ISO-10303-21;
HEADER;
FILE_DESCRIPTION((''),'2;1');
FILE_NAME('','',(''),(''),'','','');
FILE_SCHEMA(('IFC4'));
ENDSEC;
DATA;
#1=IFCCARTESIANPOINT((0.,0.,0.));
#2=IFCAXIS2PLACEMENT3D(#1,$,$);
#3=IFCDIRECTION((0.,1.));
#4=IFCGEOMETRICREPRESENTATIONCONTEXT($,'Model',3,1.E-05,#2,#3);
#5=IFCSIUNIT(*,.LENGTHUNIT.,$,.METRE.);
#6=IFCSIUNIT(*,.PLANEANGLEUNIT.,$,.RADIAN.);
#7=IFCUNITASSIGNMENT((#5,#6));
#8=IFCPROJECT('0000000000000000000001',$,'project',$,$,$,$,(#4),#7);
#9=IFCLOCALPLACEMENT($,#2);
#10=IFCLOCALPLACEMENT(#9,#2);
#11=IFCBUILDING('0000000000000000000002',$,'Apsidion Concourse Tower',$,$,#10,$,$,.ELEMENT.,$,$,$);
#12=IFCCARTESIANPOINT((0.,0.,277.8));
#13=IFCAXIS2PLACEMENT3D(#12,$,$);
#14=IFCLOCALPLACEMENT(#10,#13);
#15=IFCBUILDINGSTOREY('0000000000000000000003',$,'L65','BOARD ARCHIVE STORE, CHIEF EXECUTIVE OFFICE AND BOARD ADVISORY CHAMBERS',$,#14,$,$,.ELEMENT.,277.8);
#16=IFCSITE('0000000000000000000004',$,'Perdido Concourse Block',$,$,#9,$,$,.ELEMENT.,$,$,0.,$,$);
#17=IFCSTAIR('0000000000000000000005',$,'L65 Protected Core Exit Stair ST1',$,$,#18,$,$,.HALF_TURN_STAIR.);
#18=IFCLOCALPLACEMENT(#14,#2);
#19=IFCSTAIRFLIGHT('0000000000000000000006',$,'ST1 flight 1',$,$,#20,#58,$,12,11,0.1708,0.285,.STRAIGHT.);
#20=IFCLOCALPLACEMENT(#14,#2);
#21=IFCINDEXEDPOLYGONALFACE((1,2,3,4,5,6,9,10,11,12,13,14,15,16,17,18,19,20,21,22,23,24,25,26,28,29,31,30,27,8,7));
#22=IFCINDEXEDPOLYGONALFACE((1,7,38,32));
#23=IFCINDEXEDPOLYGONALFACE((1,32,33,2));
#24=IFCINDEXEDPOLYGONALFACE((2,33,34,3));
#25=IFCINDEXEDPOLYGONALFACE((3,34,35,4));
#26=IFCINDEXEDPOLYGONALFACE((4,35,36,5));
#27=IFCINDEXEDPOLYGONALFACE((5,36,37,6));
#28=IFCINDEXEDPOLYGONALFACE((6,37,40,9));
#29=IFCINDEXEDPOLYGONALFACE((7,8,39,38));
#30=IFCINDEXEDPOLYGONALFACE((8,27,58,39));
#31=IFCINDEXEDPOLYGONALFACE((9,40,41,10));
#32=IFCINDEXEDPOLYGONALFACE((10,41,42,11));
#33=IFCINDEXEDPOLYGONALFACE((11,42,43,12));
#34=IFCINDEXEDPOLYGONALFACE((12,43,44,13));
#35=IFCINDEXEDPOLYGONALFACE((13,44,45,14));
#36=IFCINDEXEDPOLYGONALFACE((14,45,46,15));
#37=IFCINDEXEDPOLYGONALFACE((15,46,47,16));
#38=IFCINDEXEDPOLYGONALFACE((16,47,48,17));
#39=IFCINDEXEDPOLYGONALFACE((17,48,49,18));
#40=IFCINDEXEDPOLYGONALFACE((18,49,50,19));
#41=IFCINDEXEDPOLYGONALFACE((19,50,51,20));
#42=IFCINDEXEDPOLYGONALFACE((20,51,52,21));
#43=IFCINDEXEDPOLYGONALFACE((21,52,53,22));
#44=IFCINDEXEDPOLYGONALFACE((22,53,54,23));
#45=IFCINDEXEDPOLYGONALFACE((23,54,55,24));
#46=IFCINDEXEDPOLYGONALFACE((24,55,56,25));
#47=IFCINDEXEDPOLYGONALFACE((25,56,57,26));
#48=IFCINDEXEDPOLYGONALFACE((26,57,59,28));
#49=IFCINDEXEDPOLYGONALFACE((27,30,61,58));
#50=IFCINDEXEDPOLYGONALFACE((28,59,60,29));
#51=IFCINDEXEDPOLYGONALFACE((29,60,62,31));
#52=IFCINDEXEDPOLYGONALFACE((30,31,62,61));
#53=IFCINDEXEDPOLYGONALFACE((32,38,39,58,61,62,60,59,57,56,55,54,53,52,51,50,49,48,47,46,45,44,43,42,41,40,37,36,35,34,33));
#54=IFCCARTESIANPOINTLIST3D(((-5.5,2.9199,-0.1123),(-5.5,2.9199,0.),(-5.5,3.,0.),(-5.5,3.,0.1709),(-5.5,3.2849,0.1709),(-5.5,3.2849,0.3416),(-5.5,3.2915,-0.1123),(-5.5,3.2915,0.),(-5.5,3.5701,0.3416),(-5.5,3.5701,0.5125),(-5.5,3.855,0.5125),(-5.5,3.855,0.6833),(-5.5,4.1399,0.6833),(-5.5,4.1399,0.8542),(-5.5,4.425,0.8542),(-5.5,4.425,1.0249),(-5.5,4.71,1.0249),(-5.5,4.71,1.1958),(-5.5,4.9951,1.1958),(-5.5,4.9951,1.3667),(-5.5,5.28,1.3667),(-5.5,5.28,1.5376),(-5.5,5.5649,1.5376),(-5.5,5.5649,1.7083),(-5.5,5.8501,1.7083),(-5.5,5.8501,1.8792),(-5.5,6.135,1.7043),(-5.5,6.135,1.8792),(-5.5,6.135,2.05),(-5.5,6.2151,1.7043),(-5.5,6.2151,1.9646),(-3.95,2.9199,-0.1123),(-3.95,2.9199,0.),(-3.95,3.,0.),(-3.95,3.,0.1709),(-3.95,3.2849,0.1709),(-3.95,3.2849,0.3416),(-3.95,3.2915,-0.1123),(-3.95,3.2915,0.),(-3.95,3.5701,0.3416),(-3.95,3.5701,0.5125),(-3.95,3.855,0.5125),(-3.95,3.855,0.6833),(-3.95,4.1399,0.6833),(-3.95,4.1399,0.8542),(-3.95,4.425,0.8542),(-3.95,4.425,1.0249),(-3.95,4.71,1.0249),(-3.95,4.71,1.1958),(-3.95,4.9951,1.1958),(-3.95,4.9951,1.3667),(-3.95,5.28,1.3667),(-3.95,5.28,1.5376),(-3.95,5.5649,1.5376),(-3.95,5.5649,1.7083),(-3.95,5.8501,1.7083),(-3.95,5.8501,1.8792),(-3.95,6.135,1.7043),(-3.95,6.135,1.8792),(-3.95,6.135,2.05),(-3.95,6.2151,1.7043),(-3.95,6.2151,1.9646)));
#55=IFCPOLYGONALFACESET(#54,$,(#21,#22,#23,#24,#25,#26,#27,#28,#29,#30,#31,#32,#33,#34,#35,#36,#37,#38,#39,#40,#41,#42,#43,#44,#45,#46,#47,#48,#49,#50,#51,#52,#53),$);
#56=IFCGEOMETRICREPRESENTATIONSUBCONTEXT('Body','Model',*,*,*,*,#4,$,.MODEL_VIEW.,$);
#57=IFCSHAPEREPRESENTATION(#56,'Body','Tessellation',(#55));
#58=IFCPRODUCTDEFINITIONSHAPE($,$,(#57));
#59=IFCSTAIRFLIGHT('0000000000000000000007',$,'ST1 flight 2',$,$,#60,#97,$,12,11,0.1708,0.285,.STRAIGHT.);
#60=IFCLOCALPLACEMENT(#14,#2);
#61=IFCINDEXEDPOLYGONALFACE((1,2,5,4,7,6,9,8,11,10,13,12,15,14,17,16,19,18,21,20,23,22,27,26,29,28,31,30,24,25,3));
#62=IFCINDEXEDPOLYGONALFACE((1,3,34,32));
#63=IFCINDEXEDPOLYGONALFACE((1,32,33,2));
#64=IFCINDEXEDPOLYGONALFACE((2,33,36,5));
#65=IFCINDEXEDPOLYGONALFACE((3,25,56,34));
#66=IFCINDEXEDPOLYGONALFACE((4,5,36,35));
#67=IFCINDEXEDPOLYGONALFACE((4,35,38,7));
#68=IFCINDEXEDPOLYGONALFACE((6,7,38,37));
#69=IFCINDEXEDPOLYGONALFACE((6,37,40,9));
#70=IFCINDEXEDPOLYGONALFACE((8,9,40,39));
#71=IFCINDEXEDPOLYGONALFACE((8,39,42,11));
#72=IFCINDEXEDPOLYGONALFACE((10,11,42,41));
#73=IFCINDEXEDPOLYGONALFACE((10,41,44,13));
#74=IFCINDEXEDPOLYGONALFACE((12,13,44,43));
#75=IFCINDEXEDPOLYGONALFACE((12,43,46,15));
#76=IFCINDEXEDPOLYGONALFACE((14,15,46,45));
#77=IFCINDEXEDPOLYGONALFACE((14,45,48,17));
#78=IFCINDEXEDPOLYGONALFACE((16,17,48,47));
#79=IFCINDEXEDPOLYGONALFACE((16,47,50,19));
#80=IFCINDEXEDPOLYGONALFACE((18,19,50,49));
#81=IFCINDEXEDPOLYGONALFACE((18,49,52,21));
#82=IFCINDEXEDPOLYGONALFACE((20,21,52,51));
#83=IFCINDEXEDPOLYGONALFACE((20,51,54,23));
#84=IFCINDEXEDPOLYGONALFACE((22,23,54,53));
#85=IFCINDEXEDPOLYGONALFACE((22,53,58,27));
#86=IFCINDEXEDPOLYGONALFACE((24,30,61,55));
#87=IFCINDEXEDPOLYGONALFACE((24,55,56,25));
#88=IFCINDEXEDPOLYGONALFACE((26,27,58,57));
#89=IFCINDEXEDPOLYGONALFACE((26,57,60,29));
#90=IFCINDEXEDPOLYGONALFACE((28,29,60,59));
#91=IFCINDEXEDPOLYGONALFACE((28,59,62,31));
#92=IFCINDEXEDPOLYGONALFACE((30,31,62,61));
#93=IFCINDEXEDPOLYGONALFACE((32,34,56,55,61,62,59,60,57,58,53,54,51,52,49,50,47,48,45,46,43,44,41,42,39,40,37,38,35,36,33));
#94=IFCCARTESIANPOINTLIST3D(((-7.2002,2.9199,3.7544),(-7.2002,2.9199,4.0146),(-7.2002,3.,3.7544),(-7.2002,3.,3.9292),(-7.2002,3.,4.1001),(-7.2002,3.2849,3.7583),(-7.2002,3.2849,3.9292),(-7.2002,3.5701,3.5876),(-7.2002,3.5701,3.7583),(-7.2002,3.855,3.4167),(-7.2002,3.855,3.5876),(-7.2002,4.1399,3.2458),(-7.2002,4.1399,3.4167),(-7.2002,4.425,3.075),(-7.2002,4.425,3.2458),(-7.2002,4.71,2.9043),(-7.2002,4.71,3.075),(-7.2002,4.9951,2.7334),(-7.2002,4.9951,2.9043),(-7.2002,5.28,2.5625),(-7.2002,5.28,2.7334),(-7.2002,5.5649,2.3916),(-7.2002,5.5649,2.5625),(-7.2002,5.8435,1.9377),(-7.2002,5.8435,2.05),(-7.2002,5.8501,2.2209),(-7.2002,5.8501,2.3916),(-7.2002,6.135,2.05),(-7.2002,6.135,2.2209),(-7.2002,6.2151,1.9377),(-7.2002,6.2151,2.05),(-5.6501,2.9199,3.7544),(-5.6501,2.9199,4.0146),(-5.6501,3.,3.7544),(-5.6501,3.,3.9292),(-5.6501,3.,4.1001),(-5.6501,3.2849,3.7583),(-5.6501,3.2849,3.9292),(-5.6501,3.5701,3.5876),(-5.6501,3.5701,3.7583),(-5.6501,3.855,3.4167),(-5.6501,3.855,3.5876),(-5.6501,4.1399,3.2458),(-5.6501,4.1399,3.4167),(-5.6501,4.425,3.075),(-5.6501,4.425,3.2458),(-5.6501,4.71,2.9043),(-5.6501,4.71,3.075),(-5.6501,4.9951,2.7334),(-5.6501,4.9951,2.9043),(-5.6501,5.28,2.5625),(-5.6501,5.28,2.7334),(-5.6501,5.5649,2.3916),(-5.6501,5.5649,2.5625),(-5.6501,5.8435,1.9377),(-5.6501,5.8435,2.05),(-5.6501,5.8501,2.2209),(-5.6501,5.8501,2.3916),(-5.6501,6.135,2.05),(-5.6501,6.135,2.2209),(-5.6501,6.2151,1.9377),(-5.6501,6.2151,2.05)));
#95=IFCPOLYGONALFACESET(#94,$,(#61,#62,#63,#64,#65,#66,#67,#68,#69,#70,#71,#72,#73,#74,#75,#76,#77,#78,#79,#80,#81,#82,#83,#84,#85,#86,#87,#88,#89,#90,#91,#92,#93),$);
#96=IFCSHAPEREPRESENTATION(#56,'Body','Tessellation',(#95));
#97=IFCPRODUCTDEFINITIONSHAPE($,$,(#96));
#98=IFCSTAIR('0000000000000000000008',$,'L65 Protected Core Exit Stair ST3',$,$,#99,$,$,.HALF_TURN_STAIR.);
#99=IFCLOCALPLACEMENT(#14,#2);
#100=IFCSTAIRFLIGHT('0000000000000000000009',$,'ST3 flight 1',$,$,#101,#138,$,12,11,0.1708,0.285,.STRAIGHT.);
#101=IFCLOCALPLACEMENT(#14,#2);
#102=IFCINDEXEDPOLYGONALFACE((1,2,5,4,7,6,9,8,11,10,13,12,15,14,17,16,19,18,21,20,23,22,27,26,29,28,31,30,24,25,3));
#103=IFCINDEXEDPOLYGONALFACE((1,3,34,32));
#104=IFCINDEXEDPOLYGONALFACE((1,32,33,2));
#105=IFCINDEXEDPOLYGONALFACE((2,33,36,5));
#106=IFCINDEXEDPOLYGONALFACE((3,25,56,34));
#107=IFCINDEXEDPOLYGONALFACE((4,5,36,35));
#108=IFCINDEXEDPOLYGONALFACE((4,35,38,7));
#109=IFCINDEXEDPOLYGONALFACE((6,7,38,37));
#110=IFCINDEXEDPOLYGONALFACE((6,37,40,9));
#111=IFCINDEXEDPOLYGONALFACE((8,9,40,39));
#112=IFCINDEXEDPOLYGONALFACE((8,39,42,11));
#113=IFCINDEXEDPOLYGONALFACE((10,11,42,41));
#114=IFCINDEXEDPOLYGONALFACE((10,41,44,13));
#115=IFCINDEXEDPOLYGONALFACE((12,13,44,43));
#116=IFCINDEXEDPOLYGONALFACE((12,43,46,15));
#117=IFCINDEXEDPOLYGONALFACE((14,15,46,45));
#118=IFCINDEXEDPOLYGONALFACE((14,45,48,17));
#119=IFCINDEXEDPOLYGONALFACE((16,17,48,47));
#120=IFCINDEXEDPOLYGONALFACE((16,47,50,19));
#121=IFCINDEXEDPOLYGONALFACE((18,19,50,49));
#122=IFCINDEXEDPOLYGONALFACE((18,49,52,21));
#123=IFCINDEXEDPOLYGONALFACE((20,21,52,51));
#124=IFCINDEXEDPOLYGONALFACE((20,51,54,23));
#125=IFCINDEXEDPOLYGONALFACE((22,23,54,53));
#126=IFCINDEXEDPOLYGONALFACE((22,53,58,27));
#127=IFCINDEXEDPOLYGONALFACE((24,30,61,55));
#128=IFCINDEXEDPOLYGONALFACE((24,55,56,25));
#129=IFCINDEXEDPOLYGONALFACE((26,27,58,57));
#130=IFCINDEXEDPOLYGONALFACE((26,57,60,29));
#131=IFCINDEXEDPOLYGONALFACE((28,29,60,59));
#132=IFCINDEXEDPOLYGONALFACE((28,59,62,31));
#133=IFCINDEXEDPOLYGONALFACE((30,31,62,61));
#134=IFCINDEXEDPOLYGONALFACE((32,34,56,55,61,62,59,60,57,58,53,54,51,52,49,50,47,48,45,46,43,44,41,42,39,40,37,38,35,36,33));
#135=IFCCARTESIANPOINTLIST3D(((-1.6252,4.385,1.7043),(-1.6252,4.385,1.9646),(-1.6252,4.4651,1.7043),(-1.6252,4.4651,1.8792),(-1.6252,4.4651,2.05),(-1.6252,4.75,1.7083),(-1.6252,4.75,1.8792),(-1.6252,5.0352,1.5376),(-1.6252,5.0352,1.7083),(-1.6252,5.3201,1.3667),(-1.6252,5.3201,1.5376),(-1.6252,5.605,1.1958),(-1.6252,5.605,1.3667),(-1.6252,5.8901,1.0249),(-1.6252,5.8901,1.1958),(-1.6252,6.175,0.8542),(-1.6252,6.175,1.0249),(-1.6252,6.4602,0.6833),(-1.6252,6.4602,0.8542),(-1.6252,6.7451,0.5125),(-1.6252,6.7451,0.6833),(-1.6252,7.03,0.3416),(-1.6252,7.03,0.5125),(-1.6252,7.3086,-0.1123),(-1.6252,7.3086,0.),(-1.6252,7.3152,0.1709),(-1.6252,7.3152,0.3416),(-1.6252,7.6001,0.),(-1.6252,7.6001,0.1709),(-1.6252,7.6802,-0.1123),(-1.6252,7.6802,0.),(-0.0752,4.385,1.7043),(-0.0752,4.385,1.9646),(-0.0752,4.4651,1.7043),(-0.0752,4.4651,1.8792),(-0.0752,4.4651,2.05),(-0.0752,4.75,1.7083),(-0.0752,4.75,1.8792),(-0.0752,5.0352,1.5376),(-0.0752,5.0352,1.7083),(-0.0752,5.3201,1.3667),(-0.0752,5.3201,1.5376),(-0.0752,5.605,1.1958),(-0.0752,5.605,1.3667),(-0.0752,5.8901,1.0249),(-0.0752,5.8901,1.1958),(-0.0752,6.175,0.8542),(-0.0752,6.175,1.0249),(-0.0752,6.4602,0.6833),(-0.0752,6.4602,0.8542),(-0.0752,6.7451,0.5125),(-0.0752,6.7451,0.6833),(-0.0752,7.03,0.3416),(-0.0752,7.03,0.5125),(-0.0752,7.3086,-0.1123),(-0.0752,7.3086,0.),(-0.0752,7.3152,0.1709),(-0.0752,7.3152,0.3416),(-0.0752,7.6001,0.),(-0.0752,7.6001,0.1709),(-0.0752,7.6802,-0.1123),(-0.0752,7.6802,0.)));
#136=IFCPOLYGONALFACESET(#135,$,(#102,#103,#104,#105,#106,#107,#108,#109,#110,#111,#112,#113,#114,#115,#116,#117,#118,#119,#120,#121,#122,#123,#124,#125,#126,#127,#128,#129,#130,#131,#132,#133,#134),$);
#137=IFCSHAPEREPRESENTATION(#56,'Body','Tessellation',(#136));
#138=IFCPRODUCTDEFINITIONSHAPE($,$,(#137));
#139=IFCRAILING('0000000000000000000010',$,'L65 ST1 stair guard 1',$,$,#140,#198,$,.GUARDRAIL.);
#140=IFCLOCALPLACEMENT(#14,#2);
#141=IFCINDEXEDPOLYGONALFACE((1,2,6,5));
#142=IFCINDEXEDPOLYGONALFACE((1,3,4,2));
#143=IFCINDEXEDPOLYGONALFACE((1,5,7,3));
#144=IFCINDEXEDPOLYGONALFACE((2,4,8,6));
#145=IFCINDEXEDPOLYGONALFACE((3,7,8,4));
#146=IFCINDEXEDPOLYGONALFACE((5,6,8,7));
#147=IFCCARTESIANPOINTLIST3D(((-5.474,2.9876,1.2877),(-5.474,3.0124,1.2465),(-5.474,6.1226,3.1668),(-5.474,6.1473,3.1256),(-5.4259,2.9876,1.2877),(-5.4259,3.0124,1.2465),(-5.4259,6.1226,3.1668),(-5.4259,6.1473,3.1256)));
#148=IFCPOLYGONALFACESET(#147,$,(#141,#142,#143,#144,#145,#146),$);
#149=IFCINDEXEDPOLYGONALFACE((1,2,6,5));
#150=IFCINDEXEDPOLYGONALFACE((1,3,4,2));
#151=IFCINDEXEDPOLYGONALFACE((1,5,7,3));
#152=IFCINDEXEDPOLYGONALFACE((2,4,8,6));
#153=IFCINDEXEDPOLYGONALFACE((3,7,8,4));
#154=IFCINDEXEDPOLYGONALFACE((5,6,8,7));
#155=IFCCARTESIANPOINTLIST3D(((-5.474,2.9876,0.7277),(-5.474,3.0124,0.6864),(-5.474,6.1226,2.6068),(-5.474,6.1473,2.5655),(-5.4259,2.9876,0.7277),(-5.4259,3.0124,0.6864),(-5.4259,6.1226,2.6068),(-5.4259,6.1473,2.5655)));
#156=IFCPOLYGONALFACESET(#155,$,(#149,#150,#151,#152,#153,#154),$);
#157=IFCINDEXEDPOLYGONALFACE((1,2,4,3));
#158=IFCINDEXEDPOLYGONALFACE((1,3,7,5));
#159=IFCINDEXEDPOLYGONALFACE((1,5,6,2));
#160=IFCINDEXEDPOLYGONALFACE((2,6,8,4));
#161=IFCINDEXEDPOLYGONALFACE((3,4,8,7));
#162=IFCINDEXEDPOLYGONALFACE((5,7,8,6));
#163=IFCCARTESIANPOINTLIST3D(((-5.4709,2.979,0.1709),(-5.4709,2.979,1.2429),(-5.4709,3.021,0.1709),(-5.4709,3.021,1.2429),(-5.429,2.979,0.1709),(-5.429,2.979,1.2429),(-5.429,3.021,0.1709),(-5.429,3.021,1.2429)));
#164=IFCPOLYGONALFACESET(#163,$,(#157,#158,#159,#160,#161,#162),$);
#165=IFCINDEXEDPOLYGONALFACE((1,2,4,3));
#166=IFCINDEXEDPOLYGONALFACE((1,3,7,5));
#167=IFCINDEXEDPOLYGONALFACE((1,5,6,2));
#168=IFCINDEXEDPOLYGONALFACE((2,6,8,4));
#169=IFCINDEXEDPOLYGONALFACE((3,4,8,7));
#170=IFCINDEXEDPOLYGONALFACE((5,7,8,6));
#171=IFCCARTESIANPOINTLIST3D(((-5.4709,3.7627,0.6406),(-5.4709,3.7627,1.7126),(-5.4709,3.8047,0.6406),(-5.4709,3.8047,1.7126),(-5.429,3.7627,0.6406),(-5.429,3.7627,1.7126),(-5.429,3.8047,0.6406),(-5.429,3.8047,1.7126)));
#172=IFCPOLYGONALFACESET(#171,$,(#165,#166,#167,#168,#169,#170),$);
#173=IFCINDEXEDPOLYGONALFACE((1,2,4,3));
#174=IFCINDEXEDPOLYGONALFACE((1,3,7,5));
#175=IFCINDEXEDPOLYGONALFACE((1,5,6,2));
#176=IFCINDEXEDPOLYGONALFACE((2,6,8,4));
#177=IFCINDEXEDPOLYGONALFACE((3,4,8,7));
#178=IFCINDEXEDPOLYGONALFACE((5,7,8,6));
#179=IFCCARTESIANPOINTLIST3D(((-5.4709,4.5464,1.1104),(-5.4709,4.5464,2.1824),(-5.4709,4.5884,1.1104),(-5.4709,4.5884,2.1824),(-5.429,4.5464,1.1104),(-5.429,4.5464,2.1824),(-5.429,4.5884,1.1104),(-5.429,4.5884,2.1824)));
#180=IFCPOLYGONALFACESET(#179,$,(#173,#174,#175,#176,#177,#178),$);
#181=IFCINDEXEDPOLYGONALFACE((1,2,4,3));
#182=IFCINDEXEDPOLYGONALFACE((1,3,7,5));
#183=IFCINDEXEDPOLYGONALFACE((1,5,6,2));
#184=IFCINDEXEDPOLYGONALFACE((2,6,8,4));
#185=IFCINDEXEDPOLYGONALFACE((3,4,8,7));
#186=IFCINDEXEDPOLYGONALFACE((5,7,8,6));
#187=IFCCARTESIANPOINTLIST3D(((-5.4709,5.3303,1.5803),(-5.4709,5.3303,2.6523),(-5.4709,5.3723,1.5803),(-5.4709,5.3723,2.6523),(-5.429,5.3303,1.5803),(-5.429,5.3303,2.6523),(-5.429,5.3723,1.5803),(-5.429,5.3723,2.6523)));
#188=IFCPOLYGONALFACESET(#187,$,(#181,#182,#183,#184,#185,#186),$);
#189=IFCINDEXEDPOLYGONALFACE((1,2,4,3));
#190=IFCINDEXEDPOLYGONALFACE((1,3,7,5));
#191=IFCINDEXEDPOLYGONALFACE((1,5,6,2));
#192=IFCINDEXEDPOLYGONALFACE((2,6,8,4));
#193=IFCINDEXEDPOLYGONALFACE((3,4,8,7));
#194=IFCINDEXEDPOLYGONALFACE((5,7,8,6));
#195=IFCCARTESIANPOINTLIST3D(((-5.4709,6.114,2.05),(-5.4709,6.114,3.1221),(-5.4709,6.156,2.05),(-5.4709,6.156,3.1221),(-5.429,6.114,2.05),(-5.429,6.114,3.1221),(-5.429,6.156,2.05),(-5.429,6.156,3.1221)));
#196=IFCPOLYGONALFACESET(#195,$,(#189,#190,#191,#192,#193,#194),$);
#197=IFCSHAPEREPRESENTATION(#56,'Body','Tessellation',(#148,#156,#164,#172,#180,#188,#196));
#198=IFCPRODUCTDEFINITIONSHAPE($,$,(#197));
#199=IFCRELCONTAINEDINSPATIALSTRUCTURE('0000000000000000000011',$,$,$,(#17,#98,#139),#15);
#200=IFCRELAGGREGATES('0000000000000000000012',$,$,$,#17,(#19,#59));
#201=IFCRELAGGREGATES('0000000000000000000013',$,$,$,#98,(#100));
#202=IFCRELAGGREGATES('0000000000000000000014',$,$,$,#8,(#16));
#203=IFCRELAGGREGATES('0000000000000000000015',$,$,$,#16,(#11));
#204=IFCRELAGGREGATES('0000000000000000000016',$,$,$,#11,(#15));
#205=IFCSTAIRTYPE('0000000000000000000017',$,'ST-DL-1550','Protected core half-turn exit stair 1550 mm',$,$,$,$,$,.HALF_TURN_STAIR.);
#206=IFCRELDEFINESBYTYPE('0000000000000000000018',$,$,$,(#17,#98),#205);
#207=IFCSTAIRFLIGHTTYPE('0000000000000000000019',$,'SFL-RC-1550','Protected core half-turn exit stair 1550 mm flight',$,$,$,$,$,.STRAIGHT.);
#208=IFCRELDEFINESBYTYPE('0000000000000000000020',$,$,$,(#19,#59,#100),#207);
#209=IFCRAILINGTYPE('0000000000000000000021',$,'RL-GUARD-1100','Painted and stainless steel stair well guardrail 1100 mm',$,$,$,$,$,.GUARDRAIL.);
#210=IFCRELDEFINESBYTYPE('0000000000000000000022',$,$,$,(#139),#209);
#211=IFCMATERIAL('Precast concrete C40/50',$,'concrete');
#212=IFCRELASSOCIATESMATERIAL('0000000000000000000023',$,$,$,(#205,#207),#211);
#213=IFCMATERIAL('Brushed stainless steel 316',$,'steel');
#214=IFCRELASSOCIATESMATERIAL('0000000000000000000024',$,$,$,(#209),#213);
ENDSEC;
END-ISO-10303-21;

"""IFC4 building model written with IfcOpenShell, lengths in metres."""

from ifc_helpers import new_model, si_unit, direction, frame, origin, origin_2d, place, context, subcontext, project, spatial, polyline, rectangle, outline, extrude, material, type_object, element, aggregate, save


model = new_model("IFC4")

# Units and contexts
model_context = context("Model", 3, precision=1e-05, world=origin(), true_north=direction((0.0, 1.0)))
body_context = subcontext(model_context, "Body", "Model", "MODEL_VIEW")
ifc_project = project(units=[si_unit("LENGTHUNIT", "METRE"), si_unit("PLANEANGLEUNIT", "RADIAN")], contexts=[model_context])

# Site, building, storey
site_placement = place(None, origin())
site = spatial("IfcSite", under=ifc_project, at=site_placement, Name="Perdido Concourse Block", CompositionType="ELEMENT", RefElevation=0.0)
building_placement = place(site_placement, origin())
building = spatial("IfcBuilding", under=site, at=building_placement, Name="Apsidion Concourse Tower", CompositionType="ELEMENT")
storey_placement = place(building_placement, frame((0.0, 0.0, 277.8)))
storey = spatial("IfcBuildingStorey", under=building, at=storey_placement, Name="L65", Description="BOARD ARCHIVE STORE, CHIEF EXECUTIVE OFFICE AND BOARD ADVISORY CHAMBERS", CompositionType="ELEMENT", Elevation=277.8)

# Shared definitions
ifc_material_1 = material(Name="Brushed stainless steel 316", Category="steel")

# Stair, stair flights
ifc_material_2 = material(Name="Precast concrete C40/50", Category="concrete")
stair_type = type_object("IfcStairType", Name="ST-DL-1550", Description="Protected core half-turn exit stair 1550 mm", PredefinedType="HALF_TURN_STAIR", material=ifc_material_2)
stair_1_placement = place(storey_placement, origin())
stair_1 = element("IfcStair", 1, at=stair_1_placement, inside=storey, type_object=stair_type, Name="L65 Protected Core Exit Stair ST1", PredefinedType="HALF_TURN_STAIR")
stair_flight_type = type_object("IfcStairFlightType", Name="SFL-RC-1550", Description="Protected core half-turn exit stair 1550 mm flight", PredefinedType="STRAIGHT", material=ifc_material_2)
stair_flight_1_placement = place(storey_placement, frame((-4.7251, 3.0, 0.0), z_axis=(0.0, 0.0, 1.0), x_axis=(0.0, 1.0, 0.0)))
stair_flight_1 = element("IfcStairFlight", 2, at=stair_flight_1_placement, type_object=stair_flight_type, Name="ST1 flight 1", NumberOfRisers=12, NumberOfTreads=11, PredefinedType="STRAIGHT", RiserHeight=0.1708, TreadLength=0.285, context=body_context, shape_type="SweptSolid", body=[
    extrude(outline(polyline([(-0.0801, -0.1123), (-0.0801, 0.0), (0.0, 0.0), (0.0, 0.1709), (0.2849, 0.1709), (0.2849, 0.3416), (0.5701, 0.3416), (0.5701, 0.5125), (0.855, 0.5125), (0.855, 0.6833), (1.1399, 0.6833), (1.1399, 0.8542), (1.425, 0.8542), (1.425, 1.0249), (1.71, 1.0249), (1.71, 1.1958), (1.9951, 1.1958), (1.9951, 1.3667), (2.28, 1.3667), (2.28, 1.5376), (2.5649, 1.5376), (2.5649, 1.7083), (2.8501, 1.7083), (2.8501, 1.8792), (3.135, 1.8792), (3.135, 2.05), (3.2151, 1.9646), (3.2151, 1.7043), (3.135, 1.7043), (0.2915, 0.0), (0.2915, -0.1123), (-0.0801, -0.1123)])), frame((0.0, 0.7749, 0.0), z_axis=(0.0, -1.0, 0.0), x_axis=(1.0, 0.0, 0.0)), (0.0, 0.0, 1.0), 1.55),
])
stair_flight_2_placement = place(storey_placement, frame((-6.425, 6.135, 2.05), z_axis=(0.0, 0.0, 1.0), x_axis=(0.0, -1.0, 0.0)))
stair_flight_2 = element("IfcStairFlight", 3, at=stair_flight_2_placement, type_object=stair_flight_type, Name="ST1 flight 2", NumberOfRisers=12, NumberOfTreads=11, PredefinedType="STRAIGHT", RiserHeight=0.1708, TreadLength=0.285, context=body_context, shape_type="SweptSolid", body=[
    extrude(outline(polyline([(-0.0801, -0.1123), (-0.0801, 0.0), (0.0, 0.0), (0.0, 0.1709), (0.2849, 0.1709), (0.2849, 0.3416), (0.5701, 0.3416), (0.5701, 0.5125), (0.855, 0.5125), (0.855, 0.6833), (1.1399, 0.6833), (1.1399, 0.8542), (1.425, 0.8542), (1.425, 1.0249), (1.71, 1.0249), (1.71, 1.1958), (1.9951, 1.1958), (1.9951, 1.3667), (2.28, 1.3667), (2.28, 1.5376), (2.5649, 1.5376), (2.5649, 1.7083), (2.8501, 1.7083), (2.8501, 1.8792), (3.135, 1.8792), (3.135, 2.05), (3.2151, 1.9646), (3.2151, 1.7043), (3.135, 1.7043), (0.2915, 0.0), (0.2915, -0.1123), (-0.0801, -0.1123)])), frame((0.0, 0.7749, 0.0), z_axis=(0.0, -1.0, 0.0), x_axis=(1.0, 0.0, 0.0)), (0.0, 0.0, 1.0), 1.55),
])
aggregate(stair_1, [stair_flight_1, stair_flight_2])

# Stair, stair flight
stair_2_placement = place(storey_placement, origin())
stair_2 = element("IfcStair", 4, at=stair_2_placement, inside=storey, type_object=stair_type, Name="L65 Protected Core Exit Stair ST3", PredefinedType="HALF_TURN_STAIR")
stair_flight_3_placement = place(storey_placement, frame((-0.8501, 7.6001, 0.0), z_axis=(0.0, 0.0, 1.0), x_axis=(0.0, -1.0, 0.0)))
stair_flight_3 = element("IfcStairFlight", 5, at=stair_flight_3_placement, type_object=stair_flight_type, Name="ST3 flight 1", NumberOfRisers=12, NumberOfTreads=11, PredefinedType="STRAIGHT", RiserHeight=0.1708, TreadLength=0.285, context=body_context, shape_type="SweptSolid", body=[
    extrude(outline(polyline([(-0.0801, -0.1123), (-0.0801, 0.0), (0.0, 0.0), (0.0, 0.1709), (0.2849, 0.1709), (0.2849, 0.3416), (0.5701, 0.3416), (0.5701, 0.5125), (0.855, 0.5125), (0.855, 0.6833), (1.1399, 0.6833), (1.1399, 0.8542), (1.425, 0.8542), (1.425, 1.0249), (1.71, 1.0249), (1.71, 1.1958), (1.9951, 1.1958), (1.9951, 1.3667), (2.28, 1.3667), (2.28, 1.5376), (2.5649, 1.5376), (2.5649, 1.7083), (2.8501, 1.7083), (2.8501, 1.8792), (3.135, 1.8792), (3.135, 2.05), (3.2151, 1.9646), (3.2151, 1.7043), (3.135, 1.7043), (0.2915, 0.0), (0.2915, -0.1123), (-0.0801, -0.1123)])), frame((0.0, 0.7749, 0.0), z_axis=(0.0, -1.0, 0.0), x_axis=(1.0, 0.0, 0.0)), (0.0, 0.0, 1.0), 1.55),
])
aggregate(stair_2, [stair_flight_3])

# Railing
railing_type_1 = type_object("IfcRailingType", Name="RL-GUARD-1100", Description="Painted and stainless steel stair well guardrail 1100 mm", PredefinedType="GUARDRAIL", material=ifc_material_1)
railing_1_placement = place(storey_placement, frame((-5.45, 3.0, 0.1709)))
element("IfcRailing", 6, at=railing_1_placement, inside=storey, type_object=railing_type_1, Name="L65 ST1 stair guard 1", PredefinedType="GUARDRAIL", context=body_context, shape_type="SweptSolid", body=[
    extrude(rectangle(XDim=0.0481, YDim=0.0481, at=origin_2d()), frame((0.0, 0.0, 1.0962), z_axis=(0.0, 0.857717, 0.514122), x_axis=(-1.0, 0.0, 0.0)), (0.0, 0.0, 1.0), 3.655),
    extrude(rectangle(XDim=0.0481, YDim=0.0481, at=origin_2d()), frame((0.0, 0.0, 0.5361), z_axis=(0.0, 0.857717, 0.514122), x_axis=(-1.0, 0.0, 0.0)), (0.0, 0.0, 1.0), 3.655),
    extrude(rectangle(XDim=0.042, YDim=0.042, at=origin_2d()), origin(), (0.0, 0.0, 1.0), 1.072),
    extrude(rectangle(XDim=0.042, YDim=0.042, at=origin_2d()), frame((0.0, 0.7837, 0.4697)), (0.0, 0.0, 1.0), 1.072),
    extrude(rectangle(XDim=0.042, YDim=0.042, at=origin_2d()), frame((0.0, 1.5674, 0.9395)), (0.0, 0.0, 1.0), 1.072),
    extrude(rectangle(XDim=0.042, YDim=0.042, at=origin_2d()), frame((0.0, 2.3513, 1.4094)), (0.0, 0.0, 1.0), 1.072),
    extrude(rectangle(XDim=0.042, YDim=0.042, at=origin_2d()), frame((0.0, 3.135, 1.8792)), (0.0, 0.0, 1.0), 1.072),
])

save(model, "model.ifc")
